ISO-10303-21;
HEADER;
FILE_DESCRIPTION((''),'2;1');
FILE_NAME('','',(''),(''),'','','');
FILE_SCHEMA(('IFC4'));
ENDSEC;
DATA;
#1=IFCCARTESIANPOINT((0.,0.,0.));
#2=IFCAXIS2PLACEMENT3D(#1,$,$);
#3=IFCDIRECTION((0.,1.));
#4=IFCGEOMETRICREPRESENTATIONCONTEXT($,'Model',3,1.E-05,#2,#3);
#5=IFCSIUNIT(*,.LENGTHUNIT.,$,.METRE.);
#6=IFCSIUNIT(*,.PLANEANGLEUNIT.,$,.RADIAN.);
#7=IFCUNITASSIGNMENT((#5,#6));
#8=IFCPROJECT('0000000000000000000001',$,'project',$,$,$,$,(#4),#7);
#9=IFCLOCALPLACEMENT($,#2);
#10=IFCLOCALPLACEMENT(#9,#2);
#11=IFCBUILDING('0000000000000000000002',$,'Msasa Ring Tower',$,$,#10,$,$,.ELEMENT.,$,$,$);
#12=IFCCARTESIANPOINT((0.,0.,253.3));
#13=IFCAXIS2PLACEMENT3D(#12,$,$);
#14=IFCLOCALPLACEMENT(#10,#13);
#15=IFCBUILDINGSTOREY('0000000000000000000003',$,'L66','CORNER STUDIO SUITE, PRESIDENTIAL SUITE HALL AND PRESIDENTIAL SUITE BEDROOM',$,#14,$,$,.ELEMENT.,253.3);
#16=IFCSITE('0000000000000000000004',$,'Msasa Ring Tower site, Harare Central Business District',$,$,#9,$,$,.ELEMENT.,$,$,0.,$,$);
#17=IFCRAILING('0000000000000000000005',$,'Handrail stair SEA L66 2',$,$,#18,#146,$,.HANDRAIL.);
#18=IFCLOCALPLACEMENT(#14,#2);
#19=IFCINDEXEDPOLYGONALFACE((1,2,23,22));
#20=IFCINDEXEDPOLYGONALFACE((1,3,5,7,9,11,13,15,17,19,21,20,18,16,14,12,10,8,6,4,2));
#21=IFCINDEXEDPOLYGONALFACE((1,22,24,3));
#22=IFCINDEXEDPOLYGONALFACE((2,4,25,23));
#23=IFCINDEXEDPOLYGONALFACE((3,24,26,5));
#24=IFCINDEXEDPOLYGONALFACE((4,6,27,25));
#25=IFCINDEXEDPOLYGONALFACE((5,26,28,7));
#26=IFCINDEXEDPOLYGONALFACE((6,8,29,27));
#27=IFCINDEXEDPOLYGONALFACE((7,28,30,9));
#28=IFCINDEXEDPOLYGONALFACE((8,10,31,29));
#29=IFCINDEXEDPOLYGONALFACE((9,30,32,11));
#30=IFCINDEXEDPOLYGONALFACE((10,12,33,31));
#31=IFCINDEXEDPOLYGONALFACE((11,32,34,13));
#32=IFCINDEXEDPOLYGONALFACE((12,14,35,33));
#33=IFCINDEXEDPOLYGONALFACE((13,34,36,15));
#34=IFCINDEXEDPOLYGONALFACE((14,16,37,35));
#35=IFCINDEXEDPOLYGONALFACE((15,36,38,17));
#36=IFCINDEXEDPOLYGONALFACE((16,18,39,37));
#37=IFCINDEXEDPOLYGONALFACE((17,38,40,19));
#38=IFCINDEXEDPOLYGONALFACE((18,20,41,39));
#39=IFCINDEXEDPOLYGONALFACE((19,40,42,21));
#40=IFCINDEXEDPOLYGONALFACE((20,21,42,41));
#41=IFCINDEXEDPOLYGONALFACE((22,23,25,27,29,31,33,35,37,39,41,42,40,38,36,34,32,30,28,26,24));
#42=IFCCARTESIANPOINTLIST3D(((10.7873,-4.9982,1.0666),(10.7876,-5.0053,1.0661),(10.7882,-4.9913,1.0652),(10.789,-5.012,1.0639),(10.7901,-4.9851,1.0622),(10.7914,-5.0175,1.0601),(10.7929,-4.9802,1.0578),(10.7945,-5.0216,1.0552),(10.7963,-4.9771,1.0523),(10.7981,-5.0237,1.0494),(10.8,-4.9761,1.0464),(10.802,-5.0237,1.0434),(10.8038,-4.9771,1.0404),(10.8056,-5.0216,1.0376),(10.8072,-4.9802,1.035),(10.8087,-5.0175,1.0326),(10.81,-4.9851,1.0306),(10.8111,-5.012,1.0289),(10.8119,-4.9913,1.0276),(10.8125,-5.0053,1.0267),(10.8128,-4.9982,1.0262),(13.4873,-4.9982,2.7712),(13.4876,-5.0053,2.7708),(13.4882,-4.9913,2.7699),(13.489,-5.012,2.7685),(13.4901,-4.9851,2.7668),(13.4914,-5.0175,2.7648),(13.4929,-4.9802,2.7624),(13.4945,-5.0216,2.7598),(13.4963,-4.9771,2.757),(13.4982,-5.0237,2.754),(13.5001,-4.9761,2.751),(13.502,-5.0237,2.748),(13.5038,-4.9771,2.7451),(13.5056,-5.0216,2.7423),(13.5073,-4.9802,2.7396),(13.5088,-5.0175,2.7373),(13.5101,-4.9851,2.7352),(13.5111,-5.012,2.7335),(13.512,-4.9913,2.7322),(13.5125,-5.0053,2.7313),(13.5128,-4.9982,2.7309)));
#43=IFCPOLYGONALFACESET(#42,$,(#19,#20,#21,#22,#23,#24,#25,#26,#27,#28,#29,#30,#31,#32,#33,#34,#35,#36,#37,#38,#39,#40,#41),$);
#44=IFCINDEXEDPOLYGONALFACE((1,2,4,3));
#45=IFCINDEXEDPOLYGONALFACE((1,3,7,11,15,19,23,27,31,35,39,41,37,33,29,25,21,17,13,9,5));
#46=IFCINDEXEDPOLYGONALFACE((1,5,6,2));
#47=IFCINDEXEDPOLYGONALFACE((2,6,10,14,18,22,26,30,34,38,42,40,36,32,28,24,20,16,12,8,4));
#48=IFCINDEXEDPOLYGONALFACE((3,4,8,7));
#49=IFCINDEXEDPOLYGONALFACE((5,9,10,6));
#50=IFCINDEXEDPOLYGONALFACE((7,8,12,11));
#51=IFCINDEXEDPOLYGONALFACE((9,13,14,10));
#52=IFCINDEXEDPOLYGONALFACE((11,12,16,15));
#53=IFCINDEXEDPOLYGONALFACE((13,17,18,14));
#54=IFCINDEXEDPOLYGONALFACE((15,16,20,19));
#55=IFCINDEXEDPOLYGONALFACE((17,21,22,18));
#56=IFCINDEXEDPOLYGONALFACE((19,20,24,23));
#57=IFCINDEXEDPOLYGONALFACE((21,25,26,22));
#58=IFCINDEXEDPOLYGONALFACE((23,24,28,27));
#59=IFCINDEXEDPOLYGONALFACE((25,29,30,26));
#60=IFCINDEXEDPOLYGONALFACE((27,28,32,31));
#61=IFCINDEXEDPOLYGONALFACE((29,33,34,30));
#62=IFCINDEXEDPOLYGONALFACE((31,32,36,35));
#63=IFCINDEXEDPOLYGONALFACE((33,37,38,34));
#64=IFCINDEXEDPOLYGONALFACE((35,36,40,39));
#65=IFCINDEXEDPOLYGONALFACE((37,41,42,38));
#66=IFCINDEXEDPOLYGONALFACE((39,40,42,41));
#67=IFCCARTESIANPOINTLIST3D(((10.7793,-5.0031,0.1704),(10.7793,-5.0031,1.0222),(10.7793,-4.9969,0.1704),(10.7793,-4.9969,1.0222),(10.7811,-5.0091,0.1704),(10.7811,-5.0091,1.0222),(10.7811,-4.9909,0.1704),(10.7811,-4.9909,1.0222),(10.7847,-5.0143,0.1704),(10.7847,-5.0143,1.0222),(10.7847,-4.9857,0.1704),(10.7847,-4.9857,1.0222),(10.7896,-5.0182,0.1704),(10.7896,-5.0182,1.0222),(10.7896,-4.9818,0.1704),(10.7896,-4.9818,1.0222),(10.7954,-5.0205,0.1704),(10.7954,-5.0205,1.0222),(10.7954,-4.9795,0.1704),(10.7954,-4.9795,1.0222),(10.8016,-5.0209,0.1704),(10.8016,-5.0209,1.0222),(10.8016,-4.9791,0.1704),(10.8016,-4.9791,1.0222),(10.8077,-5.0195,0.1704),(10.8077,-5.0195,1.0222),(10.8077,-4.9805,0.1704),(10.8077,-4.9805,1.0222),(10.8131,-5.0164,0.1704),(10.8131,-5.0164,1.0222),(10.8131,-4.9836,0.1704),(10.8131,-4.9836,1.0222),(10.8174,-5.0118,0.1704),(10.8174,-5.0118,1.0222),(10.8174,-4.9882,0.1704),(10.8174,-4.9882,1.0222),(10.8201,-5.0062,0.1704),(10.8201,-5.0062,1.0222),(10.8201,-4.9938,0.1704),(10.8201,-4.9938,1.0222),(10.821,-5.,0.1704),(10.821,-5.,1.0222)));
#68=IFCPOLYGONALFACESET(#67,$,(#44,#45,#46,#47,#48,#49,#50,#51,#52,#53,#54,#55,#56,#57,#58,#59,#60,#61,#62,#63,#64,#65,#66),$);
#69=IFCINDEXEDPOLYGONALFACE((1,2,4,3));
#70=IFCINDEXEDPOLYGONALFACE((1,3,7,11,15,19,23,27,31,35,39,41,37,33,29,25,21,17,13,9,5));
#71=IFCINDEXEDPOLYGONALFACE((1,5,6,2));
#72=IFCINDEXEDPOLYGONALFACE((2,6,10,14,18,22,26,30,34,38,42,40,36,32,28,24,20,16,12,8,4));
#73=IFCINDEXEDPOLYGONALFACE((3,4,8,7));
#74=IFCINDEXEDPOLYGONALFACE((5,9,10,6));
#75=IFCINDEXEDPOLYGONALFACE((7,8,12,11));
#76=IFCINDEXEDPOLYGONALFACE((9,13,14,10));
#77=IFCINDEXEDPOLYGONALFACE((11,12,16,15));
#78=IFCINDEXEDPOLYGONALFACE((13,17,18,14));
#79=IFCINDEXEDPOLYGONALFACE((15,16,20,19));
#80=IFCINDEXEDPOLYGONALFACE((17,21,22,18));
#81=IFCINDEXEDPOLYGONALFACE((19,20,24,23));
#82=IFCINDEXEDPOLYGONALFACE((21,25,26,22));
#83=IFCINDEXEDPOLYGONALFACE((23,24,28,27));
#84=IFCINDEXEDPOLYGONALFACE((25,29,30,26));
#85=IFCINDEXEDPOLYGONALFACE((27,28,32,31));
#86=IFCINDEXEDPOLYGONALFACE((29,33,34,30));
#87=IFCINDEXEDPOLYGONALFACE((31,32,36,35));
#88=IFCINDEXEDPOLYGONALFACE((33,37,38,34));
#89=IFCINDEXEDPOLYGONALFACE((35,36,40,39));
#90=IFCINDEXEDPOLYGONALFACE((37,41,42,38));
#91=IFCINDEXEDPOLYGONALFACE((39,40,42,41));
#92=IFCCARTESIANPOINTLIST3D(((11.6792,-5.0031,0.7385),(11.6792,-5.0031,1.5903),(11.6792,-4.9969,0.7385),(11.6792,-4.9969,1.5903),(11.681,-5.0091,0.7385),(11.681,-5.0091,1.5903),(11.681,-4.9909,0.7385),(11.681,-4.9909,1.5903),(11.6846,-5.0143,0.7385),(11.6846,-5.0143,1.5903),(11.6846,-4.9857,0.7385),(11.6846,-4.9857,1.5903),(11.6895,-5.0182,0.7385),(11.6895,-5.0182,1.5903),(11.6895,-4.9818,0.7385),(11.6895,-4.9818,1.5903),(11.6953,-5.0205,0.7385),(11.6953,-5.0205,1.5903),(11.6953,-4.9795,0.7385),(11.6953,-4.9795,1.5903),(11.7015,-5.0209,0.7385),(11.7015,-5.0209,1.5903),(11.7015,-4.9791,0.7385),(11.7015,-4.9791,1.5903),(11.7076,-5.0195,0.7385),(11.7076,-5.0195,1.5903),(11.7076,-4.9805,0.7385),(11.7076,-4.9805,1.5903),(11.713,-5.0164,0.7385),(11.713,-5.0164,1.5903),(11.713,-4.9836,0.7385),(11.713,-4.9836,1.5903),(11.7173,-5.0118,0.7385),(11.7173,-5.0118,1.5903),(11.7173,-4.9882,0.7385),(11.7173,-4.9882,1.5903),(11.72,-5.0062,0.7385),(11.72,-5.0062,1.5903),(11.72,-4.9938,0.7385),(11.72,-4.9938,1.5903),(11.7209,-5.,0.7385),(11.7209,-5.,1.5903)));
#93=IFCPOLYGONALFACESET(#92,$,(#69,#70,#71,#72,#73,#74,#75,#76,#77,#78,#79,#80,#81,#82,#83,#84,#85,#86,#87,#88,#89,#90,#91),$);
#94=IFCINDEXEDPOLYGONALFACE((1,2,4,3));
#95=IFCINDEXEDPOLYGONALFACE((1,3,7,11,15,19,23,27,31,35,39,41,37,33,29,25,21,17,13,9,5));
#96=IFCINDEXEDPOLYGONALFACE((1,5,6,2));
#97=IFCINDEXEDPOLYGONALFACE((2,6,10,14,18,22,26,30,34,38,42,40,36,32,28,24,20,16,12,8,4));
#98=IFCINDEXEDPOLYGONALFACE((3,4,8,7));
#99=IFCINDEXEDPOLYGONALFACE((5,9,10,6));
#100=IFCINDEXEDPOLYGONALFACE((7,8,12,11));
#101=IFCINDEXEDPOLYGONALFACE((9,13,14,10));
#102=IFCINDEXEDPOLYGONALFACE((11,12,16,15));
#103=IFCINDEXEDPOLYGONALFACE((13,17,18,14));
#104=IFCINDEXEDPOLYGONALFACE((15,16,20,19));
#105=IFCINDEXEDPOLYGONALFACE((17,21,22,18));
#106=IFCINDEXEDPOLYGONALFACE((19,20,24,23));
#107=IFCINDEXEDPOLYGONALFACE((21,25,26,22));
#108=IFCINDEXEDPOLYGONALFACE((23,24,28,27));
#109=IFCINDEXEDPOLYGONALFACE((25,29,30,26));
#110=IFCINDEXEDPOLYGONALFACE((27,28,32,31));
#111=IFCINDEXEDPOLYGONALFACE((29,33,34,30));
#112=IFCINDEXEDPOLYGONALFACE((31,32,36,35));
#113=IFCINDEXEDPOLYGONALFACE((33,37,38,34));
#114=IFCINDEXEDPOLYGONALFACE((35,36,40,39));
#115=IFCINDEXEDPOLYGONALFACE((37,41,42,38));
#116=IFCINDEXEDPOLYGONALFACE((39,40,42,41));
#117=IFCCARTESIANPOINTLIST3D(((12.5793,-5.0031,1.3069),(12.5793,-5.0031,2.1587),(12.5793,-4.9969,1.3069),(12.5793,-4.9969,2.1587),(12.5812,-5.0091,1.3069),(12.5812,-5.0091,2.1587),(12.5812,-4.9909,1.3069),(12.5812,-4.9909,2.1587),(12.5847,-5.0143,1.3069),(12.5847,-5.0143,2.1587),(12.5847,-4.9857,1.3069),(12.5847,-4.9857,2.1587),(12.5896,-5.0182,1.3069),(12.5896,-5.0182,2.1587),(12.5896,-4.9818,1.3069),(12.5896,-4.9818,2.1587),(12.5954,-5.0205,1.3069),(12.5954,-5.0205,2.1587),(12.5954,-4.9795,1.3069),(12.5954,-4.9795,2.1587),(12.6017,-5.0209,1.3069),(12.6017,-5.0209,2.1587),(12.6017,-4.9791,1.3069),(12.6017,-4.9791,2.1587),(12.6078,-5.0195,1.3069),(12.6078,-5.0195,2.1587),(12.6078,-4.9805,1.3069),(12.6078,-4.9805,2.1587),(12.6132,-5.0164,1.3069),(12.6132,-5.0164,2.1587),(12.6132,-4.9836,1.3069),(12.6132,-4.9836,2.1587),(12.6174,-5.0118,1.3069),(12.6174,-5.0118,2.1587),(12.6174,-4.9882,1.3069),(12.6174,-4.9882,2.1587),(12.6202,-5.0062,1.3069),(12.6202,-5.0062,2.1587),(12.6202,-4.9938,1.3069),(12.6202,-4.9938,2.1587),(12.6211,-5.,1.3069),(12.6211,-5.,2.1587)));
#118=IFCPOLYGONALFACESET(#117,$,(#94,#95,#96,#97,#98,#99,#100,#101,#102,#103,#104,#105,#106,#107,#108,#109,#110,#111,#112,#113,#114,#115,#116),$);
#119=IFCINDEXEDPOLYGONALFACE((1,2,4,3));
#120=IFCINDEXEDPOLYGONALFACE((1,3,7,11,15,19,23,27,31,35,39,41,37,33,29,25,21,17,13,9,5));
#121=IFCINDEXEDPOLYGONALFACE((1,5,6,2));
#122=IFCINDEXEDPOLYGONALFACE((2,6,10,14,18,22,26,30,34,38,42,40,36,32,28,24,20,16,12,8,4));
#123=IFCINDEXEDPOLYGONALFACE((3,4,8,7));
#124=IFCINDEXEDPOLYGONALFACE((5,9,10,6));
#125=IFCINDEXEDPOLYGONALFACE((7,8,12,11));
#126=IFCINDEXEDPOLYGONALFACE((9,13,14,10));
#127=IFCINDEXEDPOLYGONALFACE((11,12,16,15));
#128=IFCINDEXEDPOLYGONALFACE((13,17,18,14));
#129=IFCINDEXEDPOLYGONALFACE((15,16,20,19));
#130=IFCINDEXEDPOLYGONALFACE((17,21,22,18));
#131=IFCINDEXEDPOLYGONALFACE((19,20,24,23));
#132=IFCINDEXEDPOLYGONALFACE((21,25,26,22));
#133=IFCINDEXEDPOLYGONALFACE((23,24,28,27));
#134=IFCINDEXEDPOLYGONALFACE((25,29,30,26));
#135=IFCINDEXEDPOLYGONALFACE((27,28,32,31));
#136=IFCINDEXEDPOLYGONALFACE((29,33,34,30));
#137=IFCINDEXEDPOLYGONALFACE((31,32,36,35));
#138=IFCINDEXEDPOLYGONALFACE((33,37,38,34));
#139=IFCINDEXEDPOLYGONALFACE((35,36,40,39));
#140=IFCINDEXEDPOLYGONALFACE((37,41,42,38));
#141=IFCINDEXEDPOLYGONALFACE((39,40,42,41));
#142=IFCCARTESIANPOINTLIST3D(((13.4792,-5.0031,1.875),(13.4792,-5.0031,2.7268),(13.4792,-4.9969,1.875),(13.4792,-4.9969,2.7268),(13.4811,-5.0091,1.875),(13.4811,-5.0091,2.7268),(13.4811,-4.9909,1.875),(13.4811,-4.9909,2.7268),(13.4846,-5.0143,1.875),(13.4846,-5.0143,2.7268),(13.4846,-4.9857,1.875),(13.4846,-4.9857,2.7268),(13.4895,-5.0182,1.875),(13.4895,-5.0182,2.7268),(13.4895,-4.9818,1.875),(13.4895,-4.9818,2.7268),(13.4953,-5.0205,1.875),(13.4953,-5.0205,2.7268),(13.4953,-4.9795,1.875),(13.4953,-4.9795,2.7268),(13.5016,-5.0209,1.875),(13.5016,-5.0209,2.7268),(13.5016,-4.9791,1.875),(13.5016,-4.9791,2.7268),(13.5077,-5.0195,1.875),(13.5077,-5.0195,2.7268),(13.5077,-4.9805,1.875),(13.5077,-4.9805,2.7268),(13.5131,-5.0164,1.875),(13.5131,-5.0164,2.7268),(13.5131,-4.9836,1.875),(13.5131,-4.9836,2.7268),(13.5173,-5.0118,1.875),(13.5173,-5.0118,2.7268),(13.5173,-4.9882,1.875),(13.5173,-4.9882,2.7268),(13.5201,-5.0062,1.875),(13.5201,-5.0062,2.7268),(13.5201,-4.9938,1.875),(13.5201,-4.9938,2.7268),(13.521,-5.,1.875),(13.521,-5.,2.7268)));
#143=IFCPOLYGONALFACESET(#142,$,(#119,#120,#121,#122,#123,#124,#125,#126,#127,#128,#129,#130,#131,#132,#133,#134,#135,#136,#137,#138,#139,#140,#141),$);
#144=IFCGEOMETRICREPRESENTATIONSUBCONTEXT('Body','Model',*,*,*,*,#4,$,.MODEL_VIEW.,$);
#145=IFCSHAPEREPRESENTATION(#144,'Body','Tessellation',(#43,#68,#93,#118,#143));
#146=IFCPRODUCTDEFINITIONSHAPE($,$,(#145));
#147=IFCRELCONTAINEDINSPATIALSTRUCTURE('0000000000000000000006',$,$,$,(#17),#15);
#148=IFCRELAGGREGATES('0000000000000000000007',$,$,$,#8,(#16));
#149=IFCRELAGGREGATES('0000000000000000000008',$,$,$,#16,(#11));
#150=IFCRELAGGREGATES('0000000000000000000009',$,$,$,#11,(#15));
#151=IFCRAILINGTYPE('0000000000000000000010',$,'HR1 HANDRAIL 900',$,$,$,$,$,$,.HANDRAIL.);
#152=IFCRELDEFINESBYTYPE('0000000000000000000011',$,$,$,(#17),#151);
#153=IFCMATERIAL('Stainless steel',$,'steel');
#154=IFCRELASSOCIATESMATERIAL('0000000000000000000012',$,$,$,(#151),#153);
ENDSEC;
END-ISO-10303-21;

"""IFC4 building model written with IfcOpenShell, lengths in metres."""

from ifc_helpers import new_model, si_unit, direction, frame, origin, origin_2d, place, context, subcontext, project, spatial, circle, extrude, material, type_object, element, save


model = new_model("IFC4")

# Units and contexts
model_context = context("Model", 3, precision=1e-05, world=origin(), true_north=direction((0.0, 1.0)))
body_context = subcontext(model_context, "Body", "Model", "MODEL_VIEW")
ifc_project = project(units=[si_unit("LENGTHUNIT", "METRE"), si_unit("PLANEANGLEUNIT", "RADIAN")], contexts=[model_context])

# Site, building, storey
site_placement = place(None, origin())
site = spatial("IfcSite", under=ifc_project, at=site_placement, Name="Msasa Ring Tower site, Harare Central Business District", CompositionType="ELEMENT", RefElevation=0.0)
building_placement = place(site_placement, origin())
building = spatial("IfcBuilding", under=site, at=building_placement, Name="Msasa Ring Tower", CompositionType="ELEMENT")
storey_placement = place(building_placement, frame((0.0, 0.0, 253.3)))
storey = spatial("IfcBuildingStorey", under=building, at=storey_placement, Name="L66", Description="CORNER STUDIO SUITE, PRESIDENTIAL SUITE HALL AND PRESIDENTIAL SUITE BEDROOM", CompositionType="ELEMENT", Elevation=253.3)

# Railing
ifc_material_1 = material(Name="Stainless steel", Category="steel")
railing_type = type_object("IfcRailingType", Name="HR1 HANDRAIL 900", PredefinedType="HANDRAIL", material=ifc_material_1)
railing_placement = place(storey_placement, frame((10.8, -5.0, 0.1704)))
element("IfcRailing", 1, at=railing_placement, inside=storey, type_object=railing_type, Name="Handrail stair SEA L66 2", PredefinedType="HANDRAIL", context=body_context, shape_type="SweptSolid", body=[
    extrude(circle(Radius=0.0239, at=origin_2d()), frame((0.0, 0.0, 0.876), z_axis=(0.84558, 0.0, 0.533849), x_axis=(0.0, 1.0, 0.0)), (0.0, 0.0, 1.0), 3.1931),
    extrude(circle(Radius=0.021, at=origin_2d()), origin(), (0.0, 0.0, 1.0), 0.8518),
    extrude(circle(Radius=0.021, at=origin_2d()), frame((0.8999, 0.0, 0.5681)), (0.0, 0.0, 1.0), 0.8518),
    extrude(circle(Radius=0.021, at=origin_2d()), frame((1.8, 0.0, 1.1365)), (0.0, 0.0, 1.0), 0.8518),
    extrude(circle(Radius=0.021, at=origin_2d()), frame((2.7, 0.0, 1.7046)), (0.0, 0.0, 1.0), 0.8518),
])

save(model, "model.ifc")
